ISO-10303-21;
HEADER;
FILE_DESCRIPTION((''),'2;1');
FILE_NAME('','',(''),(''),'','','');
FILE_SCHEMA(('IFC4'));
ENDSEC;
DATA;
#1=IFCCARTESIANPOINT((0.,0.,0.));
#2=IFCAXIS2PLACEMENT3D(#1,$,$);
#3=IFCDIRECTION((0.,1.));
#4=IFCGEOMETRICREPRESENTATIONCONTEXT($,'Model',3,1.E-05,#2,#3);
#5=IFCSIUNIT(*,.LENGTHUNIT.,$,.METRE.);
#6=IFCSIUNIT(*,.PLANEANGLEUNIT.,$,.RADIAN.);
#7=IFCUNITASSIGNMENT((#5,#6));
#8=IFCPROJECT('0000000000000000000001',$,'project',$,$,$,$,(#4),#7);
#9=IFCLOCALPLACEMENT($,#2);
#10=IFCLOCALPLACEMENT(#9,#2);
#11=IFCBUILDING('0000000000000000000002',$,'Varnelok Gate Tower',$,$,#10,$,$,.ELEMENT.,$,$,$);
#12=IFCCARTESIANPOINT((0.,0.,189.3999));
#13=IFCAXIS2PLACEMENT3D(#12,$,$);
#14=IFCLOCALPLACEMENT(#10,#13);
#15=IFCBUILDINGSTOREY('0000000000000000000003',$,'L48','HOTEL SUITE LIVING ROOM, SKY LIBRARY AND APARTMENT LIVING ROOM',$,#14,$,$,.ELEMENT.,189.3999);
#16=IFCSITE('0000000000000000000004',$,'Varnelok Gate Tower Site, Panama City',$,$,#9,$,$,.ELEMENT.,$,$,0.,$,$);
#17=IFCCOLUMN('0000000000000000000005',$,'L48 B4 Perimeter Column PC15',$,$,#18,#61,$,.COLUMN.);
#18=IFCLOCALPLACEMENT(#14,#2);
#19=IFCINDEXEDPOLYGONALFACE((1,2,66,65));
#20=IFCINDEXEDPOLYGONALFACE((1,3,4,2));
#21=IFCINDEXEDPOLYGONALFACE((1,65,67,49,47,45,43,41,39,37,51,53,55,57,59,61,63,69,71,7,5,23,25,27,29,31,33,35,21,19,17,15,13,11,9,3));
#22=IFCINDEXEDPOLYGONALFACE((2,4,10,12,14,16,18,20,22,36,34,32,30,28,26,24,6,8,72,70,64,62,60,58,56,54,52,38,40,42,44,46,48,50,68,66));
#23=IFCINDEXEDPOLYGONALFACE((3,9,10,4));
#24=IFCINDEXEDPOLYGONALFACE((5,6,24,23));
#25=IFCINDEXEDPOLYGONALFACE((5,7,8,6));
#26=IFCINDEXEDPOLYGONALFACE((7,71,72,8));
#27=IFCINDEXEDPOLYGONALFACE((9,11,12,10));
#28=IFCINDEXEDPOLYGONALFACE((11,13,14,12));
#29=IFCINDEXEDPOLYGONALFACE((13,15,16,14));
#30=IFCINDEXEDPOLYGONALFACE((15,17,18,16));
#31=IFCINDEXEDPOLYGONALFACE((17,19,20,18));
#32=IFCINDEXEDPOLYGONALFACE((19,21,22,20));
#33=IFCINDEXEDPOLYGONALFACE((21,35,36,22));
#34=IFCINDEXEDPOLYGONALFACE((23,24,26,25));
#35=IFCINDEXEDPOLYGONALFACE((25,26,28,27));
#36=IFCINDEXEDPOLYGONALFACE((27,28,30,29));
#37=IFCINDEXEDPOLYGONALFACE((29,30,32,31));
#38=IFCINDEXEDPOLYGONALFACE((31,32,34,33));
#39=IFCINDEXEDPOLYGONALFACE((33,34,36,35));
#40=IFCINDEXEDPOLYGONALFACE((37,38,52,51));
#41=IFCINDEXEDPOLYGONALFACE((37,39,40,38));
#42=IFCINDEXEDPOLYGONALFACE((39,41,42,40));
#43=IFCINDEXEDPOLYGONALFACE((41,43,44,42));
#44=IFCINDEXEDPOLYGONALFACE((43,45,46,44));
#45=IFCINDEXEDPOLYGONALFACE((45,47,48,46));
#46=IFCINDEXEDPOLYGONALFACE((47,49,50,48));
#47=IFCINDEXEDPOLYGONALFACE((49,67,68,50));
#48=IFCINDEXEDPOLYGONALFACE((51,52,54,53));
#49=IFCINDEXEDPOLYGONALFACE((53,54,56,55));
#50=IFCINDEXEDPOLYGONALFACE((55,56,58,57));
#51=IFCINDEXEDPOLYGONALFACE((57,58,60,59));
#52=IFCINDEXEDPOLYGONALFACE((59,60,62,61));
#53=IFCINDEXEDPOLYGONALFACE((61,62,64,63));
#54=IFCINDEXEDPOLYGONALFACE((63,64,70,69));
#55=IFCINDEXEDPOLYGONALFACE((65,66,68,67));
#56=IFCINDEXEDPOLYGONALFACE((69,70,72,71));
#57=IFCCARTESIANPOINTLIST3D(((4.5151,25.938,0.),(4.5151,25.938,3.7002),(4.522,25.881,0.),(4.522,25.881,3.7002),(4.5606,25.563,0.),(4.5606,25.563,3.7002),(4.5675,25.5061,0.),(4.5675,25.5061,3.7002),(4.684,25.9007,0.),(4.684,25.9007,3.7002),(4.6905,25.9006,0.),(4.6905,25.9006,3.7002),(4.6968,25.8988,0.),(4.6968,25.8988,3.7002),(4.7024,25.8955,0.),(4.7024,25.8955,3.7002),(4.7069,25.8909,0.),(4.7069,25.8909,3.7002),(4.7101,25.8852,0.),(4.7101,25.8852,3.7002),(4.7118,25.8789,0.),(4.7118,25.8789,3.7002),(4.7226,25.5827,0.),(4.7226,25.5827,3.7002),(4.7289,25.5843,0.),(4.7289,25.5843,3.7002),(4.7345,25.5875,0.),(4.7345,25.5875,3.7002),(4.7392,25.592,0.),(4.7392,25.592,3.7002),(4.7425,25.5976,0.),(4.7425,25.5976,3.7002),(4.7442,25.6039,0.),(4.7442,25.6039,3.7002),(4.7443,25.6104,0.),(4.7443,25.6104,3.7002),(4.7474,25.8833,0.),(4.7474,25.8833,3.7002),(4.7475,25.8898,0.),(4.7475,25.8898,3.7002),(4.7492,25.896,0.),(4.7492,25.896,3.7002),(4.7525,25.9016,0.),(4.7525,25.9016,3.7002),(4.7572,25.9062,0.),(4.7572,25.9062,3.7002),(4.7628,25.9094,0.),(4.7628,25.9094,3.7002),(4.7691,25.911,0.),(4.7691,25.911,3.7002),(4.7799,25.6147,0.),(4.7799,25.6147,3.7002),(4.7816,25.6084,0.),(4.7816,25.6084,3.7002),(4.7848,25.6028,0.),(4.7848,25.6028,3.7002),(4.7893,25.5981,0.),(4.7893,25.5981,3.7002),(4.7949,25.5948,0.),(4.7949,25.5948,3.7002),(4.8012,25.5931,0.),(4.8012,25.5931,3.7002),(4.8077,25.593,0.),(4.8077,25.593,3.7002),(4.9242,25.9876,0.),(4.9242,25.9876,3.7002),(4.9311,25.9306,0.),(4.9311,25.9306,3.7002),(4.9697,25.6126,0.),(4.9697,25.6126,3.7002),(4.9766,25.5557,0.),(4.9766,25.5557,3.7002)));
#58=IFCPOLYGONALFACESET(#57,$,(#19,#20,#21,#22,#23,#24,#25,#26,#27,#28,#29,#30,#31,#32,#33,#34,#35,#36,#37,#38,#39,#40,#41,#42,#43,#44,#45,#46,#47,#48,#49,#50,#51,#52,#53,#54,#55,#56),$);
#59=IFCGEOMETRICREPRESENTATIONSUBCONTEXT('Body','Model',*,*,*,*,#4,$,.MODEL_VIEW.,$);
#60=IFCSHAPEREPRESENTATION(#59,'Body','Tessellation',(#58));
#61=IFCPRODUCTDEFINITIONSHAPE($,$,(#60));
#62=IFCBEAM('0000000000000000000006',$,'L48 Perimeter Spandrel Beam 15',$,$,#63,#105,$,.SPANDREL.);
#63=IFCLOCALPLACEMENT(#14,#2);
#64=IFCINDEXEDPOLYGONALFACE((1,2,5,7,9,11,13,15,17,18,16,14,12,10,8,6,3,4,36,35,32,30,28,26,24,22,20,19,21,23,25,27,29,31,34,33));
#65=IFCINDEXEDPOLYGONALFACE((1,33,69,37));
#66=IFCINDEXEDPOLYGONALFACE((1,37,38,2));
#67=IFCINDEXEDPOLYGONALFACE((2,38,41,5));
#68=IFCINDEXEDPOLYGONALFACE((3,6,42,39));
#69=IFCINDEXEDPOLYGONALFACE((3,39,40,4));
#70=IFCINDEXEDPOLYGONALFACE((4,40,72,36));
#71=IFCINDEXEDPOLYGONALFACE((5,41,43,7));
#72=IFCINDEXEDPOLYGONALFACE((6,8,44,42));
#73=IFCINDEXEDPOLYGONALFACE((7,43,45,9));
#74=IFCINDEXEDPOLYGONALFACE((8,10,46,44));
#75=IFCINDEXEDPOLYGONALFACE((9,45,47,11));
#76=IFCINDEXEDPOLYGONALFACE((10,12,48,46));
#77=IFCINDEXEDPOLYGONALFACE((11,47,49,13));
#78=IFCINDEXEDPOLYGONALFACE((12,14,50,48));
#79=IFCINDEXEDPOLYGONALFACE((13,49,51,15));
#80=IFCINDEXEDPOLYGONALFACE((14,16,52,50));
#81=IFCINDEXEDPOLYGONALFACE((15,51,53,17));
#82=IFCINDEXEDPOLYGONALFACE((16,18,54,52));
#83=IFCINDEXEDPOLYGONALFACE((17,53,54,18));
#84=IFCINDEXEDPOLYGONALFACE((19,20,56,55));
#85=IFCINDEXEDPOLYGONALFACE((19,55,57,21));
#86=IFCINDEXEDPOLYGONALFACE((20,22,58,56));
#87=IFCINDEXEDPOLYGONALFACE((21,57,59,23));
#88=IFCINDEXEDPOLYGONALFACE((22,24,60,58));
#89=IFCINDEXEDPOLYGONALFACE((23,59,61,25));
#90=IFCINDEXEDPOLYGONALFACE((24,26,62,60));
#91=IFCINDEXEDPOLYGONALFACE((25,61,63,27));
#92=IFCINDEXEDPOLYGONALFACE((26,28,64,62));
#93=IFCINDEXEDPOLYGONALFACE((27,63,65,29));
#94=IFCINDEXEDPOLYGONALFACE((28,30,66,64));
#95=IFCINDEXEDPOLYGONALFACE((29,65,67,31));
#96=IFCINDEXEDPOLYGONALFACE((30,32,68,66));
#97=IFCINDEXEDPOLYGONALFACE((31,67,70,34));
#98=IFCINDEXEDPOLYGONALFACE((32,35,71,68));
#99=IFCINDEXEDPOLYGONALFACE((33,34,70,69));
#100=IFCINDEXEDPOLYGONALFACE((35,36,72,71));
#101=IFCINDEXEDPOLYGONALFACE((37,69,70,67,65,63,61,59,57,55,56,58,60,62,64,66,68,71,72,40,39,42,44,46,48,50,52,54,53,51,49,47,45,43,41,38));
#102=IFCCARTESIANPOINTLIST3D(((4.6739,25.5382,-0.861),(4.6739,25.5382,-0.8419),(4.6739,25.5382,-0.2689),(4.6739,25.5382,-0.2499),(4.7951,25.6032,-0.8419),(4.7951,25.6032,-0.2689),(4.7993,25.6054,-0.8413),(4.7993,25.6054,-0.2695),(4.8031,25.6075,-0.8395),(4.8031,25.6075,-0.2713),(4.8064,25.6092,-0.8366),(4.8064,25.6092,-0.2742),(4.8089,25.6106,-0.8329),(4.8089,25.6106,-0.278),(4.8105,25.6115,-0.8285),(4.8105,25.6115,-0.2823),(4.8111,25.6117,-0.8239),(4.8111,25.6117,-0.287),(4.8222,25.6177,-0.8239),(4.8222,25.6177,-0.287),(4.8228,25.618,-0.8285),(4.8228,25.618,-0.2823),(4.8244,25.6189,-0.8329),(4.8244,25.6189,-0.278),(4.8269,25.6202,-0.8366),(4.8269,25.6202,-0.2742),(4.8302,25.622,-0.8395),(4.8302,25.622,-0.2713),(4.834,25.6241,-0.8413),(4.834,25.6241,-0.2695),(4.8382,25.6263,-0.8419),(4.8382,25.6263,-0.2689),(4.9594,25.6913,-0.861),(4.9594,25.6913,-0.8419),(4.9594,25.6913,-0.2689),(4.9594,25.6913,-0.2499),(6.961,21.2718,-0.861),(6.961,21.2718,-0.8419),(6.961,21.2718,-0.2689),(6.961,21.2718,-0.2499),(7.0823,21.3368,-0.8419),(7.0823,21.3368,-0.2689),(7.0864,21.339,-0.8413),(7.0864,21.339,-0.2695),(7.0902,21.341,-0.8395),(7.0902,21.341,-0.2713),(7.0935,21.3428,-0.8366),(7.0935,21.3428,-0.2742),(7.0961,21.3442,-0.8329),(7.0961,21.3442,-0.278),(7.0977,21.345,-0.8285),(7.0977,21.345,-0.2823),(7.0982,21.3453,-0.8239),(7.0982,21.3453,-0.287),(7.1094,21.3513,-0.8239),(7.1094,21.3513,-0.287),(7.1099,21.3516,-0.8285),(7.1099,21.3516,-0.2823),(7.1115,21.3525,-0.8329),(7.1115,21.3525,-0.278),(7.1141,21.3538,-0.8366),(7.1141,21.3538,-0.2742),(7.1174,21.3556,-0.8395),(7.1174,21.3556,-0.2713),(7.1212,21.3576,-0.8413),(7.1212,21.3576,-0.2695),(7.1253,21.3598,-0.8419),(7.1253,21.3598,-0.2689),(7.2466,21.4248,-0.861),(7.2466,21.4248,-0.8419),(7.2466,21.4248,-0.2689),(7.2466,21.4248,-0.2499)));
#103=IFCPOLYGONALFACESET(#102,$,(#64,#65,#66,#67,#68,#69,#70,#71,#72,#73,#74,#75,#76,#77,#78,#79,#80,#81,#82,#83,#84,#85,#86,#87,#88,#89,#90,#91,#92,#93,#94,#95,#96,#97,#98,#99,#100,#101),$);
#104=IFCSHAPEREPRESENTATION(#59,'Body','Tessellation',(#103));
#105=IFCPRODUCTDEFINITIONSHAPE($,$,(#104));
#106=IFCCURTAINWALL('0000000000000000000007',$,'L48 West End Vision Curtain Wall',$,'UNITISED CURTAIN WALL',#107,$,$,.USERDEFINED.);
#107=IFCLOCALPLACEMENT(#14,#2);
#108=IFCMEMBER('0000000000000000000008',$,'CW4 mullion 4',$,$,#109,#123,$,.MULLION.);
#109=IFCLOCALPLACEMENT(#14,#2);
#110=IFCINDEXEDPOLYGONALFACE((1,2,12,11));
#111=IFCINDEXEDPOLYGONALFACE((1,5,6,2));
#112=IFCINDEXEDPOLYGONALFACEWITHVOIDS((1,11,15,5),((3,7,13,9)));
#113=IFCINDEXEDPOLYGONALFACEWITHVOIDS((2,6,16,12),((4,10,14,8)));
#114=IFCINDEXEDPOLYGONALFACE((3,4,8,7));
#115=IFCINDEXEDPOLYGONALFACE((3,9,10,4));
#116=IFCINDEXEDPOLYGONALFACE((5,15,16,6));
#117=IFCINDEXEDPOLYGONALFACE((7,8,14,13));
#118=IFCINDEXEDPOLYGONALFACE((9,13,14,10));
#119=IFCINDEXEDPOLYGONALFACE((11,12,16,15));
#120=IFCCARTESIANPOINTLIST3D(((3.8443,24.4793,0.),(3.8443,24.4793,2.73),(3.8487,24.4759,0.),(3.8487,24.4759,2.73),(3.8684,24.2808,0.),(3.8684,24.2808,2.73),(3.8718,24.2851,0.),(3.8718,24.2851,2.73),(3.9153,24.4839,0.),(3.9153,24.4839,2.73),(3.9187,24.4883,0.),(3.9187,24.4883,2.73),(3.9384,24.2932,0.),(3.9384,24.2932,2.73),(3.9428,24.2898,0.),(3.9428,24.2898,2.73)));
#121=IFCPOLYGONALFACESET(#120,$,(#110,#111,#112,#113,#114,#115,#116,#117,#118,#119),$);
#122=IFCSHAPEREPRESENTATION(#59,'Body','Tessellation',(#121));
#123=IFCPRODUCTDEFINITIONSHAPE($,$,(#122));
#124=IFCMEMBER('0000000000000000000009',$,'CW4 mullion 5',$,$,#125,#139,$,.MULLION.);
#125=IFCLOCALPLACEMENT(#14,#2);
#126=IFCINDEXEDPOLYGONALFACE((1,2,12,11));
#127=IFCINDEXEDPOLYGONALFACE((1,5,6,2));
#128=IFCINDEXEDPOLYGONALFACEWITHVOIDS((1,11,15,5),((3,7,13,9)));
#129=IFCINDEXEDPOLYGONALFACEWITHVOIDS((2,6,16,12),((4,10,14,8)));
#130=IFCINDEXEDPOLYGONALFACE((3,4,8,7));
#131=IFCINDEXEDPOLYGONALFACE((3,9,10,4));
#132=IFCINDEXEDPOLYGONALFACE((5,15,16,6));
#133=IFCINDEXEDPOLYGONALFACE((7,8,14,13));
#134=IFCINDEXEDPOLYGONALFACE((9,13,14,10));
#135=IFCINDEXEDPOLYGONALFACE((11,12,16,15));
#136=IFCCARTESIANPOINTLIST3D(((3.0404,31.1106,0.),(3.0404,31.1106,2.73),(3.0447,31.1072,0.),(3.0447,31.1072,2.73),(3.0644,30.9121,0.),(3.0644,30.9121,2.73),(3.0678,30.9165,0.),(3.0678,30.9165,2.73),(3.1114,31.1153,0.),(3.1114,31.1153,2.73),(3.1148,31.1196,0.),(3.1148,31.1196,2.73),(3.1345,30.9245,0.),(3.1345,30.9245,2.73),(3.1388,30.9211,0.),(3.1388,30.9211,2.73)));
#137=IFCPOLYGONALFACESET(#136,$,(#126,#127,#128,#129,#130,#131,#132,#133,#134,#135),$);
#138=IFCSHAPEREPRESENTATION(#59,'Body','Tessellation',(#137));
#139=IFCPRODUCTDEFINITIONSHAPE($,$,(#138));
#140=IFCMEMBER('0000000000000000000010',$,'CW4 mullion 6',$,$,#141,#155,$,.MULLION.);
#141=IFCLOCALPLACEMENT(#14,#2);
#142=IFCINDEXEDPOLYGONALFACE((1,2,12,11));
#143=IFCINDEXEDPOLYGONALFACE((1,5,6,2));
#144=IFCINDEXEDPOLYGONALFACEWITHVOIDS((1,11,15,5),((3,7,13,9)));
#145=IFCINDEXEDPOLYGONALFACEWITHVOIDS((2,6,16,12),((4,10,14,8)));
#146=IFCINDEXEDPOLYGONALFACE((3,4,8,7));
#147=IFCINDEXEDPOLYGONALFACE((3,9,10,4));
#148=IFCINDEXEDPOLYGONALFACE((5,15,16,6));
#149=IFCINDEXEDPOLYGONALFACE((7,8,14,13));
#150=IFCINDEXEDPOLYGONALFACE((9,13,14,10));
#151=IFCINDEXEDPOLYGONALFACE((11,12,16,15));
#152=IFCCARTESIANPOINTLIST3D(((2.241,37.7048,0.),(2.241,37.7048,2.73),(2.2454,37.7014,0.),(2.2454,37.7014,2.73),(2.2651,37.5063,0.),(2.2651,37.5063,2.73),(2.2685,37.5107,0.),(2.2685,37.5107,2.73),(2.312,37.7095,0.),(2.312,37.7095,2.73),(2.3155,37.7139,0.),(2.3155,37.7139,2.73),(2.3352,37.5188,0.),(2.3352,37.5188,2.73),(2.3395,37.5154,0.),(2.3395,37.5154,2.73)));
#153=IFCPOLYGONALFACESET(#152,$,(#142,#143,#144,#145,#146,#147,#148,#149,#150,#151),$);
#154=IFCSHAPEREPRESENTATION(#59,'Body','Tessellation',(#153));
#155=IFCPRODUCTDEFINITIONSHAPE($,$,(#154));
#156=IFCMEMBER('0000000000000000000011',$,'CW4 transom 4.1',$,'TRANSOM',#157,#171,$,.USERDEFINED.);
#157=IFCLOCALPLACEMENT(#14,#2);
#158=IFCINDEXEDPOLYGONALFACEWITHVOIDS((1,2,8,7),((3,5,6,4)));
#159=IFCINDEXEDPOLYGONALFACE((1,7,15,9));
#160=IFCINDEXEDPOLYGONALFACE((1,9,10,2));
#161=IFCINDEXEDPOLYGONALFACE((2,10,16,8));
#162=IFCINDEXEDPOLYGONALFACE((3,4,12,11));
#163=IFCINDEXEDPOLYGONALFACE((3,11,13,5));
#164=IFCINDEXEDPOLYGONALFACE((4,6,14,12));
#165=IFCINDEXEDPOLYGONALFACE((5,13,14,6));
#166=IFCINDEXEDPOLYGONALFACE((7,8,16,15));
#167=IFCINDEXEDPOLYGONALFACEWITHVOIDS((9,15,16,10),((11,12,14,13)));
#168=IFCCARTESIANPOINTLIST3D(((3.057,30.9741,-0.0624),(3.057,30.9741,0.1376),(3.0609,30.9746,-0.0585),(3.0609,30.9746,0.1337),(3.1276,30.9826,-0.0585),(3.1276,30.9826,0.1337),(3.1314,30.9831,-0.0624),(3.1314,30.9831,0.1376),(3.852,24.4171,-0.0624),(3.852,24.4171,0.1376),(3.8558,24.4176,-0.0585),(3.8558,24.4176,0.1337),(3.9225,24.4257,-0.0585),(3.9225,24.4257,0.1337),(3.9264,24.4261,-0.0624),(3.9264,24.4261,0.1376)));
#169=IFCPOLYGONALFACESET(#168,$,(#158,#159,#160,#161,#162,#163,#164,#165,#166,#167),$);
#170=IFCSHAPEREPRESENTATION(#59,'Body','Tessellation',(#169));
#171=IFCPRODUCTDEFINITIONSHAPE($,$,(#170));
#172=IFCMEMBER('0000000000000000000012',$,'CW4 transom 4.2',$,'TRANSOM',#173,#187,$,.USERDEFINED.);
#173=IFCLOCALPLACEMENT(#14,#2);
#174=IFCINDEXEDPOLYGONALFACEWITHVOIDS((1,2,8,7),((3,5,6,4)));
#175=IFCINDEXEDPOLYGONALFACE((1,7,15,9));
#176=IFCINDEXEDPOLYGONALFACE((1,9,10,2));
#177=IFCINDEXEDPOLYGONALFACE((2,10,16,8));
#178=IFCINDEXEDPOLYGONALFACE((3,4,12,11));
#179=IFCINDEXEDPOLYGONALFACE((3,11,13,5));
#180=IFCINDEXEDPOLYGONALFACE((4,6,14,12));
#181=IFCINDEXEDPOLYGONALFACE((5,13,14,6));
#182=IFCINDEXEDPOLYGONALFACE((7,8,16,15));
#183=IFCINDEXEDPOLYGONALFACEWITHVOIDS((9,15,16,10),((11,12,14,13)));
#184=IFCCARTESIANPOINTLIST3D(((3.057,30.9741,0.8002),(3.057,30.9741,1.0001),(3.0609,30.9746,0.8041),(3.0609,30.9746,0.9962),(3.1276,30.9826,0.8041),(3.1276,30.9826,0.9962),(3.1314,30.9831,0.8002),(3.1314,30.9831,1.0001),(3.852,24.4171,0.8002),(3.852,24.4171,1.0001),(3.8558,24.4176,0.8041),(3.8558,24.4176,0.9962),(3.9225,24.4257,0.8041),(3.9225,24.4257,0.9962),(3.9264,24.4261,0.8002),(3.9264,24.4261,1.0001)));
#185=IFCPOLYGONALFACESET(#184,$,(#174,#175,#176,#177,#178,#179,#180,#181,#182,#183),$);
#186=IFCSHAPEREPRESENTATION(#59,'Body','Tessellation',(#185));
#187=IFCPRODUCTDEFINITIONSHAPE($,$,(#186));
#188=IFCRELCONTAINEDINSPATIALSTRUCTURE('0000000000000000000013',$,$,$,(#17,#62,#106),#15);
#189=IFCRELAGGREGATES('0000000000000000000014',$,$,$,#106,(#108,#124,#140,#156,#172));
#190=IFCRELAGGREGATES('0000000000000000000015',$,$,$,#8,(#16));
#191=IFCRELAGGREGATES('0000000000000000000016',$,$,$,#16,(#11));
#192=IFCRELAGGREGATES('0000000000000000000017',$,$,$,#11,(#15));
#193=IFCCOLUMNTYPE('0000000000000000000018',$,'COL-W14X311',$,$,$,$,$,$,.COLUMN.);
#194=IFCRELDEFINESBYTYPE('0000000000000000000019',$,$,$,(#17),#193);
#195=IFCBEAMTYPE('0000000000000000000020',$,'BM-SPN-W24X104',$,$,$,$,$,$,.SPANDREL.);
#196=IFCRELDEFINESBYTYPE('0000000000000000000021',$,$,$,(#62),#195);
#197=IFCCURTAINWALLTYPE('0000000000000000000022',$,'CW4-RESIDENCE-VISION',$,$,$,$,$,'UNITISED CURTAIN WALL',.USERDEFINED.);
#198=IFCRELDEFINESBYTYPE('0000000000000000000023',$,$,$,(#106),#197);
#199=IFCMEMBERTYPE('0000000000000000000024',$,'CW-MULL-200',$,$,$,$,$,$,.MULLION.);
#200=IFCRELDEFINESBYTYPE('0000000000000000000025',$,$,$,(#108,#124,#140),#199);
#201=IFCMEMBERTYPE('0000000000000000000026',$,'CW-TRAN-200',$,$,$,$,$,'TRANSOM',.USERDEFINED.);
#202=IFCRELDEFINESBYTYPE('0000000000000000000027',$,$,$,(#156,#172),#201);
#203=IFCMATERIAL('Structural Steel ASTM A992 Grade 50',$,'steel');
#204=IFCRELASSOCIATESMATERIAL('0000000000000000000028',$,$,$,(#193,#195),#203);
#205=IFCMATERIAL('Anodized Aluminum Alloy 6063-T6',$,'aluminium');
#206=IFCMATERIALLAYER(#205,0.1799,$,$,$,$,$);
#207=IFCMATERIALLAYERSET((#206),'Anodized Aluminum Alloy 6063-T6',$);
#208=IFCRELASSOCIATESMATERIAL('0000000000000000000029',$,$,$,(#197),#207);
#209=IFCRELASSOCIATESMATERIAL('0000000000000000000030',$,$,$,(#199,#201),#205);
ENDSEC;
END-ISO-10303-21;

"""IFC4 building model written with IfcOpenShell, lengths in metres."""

from ifc_helpers import new_model, si_unit, direction, frame, origin, origin_2d, place, context, subcontext, project, spatial, hollow_rectangle, i_section, extrude, material, layer, layer_set, material_profile, profile_set, type_object, element, aggregate, save


model = new_model("IFC4")

# Units and contexts
model_context = context("Model", 3, precision=1e-05, world=origin(), true_north=direction((0.0, 1.0)))
body_context = subcontext(model_context, "Body", "Model", "MODEL_VIEW")
ifc_project = project(units=[si_unit("LENGTHUNIT", "METRE"), si_unit("PLANEANGLEUNIT", "RADIAN")], contexts=[model_context])

# Site, building, storey
site_placement = place(None, origin())
site = spatial("IfcSite", under=ifc_project, at=site_placement, Name="Varnelok Gate Tower Site, Panama City", CompositionType="ELEMENT", RefElevation=0.0)
building_placement = place(site_placement, origin())
building = spatial("IfcBuilding", under=site, at=building_placement, Name="Varnelok Gate Tower", CompositionType="ELEMENT")
storey_placement = place(building_placement, frame((0.0, 0.0, 189.3999)))
storey = spatial("IfcBuildingStorey", under=building, at=storey_placement, Name="L48", Description="HOTEL SUITE LIVING ROOM, SKY LIBRARY AND APARTMENT LIVING ROOM", CompositionType="ELEMENT", Elevation=189.3999)

# Column
ifc_material_1 = material(Name="Structural Steel ASTM A992 Grade 50", Category="steel")
ifc_material_profile_1 = material_profile(ifc_material_1, i_section(OverallWidth=0.4121, OverallDepth=0.4351, WebThickness=0.0359, FlangeThickness=0.0574, FilletRadius=0.0249, at=origin_2d()), Name="W14X311")
ifc_profile_set_1 = profile_set([ifc_material_profile_1], Name="Structural Steel ASTM A992 Grade 50")
column_type = type_object("IfcColumnType", Name="COL-W14X311", PredefinedType="COLUMN", material=ifc_profile_set_1)
column_placement = place(storey_placement, frame((4.7458, 25.7468, 0.0), z_axis=(0.0, 0.0, 1.0), x_axis=(0.992732, 0.120345, 0.0)))
element("IfcColumn", 1, at=column_placement, inside=storey, type_object=column_type, Name="L48 B4 Perimeter Column PC15", PredefinedType="COLUMN", context=body_context, shape_type="SweptSolid", body=[
    extrude(i_section(OverallWidth=0.4121, OverallDepth=0.4351, WebThickness=0.0359, FlangeThickness=0.0574, FilletRadius=0.0249, at=origin_2d()), origin(), (0.0, 0.0, 1.0), 3.7002),
])

# Beam
ifc_material_profile_2 = material_profile(ifc_material_1, i_section(OverallWidth=0.324, OverallDepth=0.6111, WebThickness=0.0127, FlangeThickness=0.019, FilletRadius=0.0181, at=origin_2d()), Name="W24X104")
ifc_profile_set_2 = profile_set([ifc_material_profile_2], Name="Structural Steel ASTM A992 Grade 50")
beam_type = type_object("IfcBeamType", Name="BM-SPN-W24X104", PredefinedType="SPANDREL", material=ifc_profile_set_2)
beam_placement = place(storey_placement, frame((4.8167, 25.6147, -0.5554), z_axis=(0.472472, -0.881346, 0.0), x_axis=(0.881346, 0.472472, 0.0)))
element("IfcBeam", 2, at=beam_placement, inside=storey, type_object=beam_type, Name="L48 Perimeter Spandrel Beam 15", PredefinedType="SPANDREL", context=body_context, shape_type="SweptSolid", body=[
    extrude(i_section(OverallWidth=0.324, OverallDepth=0.6111, WebThickness=0.0127, FlangeThickness=0.019, FilletRadius=0.0181, at=origin_2d()), origin(), (0.0, 0.0, 1.0), 4.8408),
])

# Curtain wall, members
ifc_material_2 = material(Name="Anodized Aluminum Alloy 6063-T6", Category="aluminium")
ifc_layer_1 = layer(ifc_material_2, 0.1799)
ifc_layer_set_1 = layer_set([ifc_layer_1], Name="Anodized Aluminum Alloy 6063-T6")
curtain_wall_type = type_object("IfcCurtainWallType", Name="CW4-RESIDENCE-VISION", ElementType="UNITISED CURTAIN WALL", PredefinedType="USERDEFINED", material=ifc_layer_set_1)
curtain_wall_placement = place(storey_placement, origin())
curtain_wall = element("IfcCurtainWall", 3, at=curtain_wall_placement, inside=storey, type_object=curtain_wall_type, Name="L48 West End Vision Curtain Wall", ObjectType="UNITISED CURTAIN WALL", PredefinedType="USERDEFINED")
ifc_material_profile_3 = material_profile(ifc_material_2, hollow_rectangle(XDim=0.075, YDim=0.2, WallThickness=0.0039, at=origin_2d()), Name="ALU200X75X4")
ifc_profile_set_3 = profile_set([ifc_material_profile_3], Name="Anodized Aluminum Alloy 6063-T6")
member_type_1 = type_object("IfcMemberType", Name="CW-MULL-200", PredefinedType="MULLION", material=ifc_profile_set_3)
member_1_placement = place(storey_placement, frame((3.8936, 24.3845, 0.0), z_axis=(0.0, 0.0, 1.0), x_axis=(-0.992732, -0.120345, 0.0)))
member_1 = element("IfcMember", 4, at=member_1_placement, type_object=member_type_1, Name="CW4 mullion 4", PredefinedType="MULLION", context=body_context, shape_type="SweptSolid", body=[
    extrude(hollow_rectangle(XDim=0.075, YDim=0.2, WallThickness=0.0039, at=origin_2d()), origin(), (0.0, 0.0, 1.0), 2.73),
])
member_2_placement = place(storey_placement, frame((3.0896, 31.0159, 0.0), z_axis=(0.0, 0.0, 1.0), x_axis=(-0.992732, -0.120345, 0.0)))
member_2 = element("IfcMember", 5, at=member_2_placement, type_object=member_type_1, Name="CW4 mullion 5", PredefinedType="MULLION", context=body_context, shape_type="SweptSolid", body=[
    extrude(hollow_rectangle(XDim=0.075, YDim=0.2, WallThickness=0.0039, at=origin_2d()), origin(), (0.0, 0.0, 1.0), 2.73),
])
member_3_placement = place(storey_placement, frame((2.2903, 37.6101, 0.0), z_axis=(0.0, 0.0, 1.0), x_axis=(-0.992732, -0.120345, 0.0)))
member_3 = element("IfcMember", 6, at=member_3_placement, type_object=member_type_1, Name="CW4 mullion 6", PredefinedType="MULLION", context=body_context, shape_type="SweptSolid", body=[
    extrude(hollow_rectangle(XDim=0.075, YDim=0.2, WallThickness=0.0039, at=origin_2d()), origin(), (0.0, 0.0, 1.0), 2.73),
])
ifc_material_profile_4 = material_profile(ifc_material_2, hollow_rectangle(XDim=0.075, YDim=0.2, WallThickness=0.0039, at=origin_2d()), Name="ALU200X75X4")
ifc_profile_set_4 = profile_set([ifc_material_profile_4], Name="Anodized Aluminum Alloy 6063-T6")
member_type_2 = type_object("IfcMemberType", Name="CW-TRAN-200", ElementType="TRANSOM", PredefinedType="USERDEFINED", material=ifc_profile_set_4)
member_4_placement = place(storey_placement, frame((3.8892, 24.4216, 0.0376), z_axis=(-0.120353, 0.992731, 0.0), x_axis=(-0.992731, -0.120353, 0.0)))
member_4 = element("IfcMember", 7, at=member_4_placement, type_object=member_type_2, Name="CW4 transom 4.1", ObjectType="TRANSOM", PredefinedType="USERDEFINED", context=body_context, shape_type="SweptSolid", body=[
    extrude(hollow_rectangle(XDim=0.075, YDim=0.2, WallThickness=0.0039, at=origin_2d()), origin(), (0.0, 0.0, 1.0), 6.605),
])
member_5_placement = place(storey_placement, frame((3.8892, 24.4216, 0.9001), z_axis=(-0.120353, 0.992731, 0.0), x_axis=(-0.992731, -0.120353, 0.0)))
member_5 = element("IfcMember", 8, at=member_5_placement, type_object=member_type_2, Name="CW4 transom 4.2", ObjectType="TRANSOM", PredefinedType="USERDEFINED", context=body_context, shape_type="SweptSolid", body=[
    extrude(hollow_rectangle(XDim=0.075, YDim=0.2, WallThickness=0.0039, at=origin_2d()), origin(), (0.0, 0.0, 1.0), 6.605),
])
aggregate(curtain_wall, [member_1, member_2, member_3, member_4, member_5])

save(model, "model.ifc")
